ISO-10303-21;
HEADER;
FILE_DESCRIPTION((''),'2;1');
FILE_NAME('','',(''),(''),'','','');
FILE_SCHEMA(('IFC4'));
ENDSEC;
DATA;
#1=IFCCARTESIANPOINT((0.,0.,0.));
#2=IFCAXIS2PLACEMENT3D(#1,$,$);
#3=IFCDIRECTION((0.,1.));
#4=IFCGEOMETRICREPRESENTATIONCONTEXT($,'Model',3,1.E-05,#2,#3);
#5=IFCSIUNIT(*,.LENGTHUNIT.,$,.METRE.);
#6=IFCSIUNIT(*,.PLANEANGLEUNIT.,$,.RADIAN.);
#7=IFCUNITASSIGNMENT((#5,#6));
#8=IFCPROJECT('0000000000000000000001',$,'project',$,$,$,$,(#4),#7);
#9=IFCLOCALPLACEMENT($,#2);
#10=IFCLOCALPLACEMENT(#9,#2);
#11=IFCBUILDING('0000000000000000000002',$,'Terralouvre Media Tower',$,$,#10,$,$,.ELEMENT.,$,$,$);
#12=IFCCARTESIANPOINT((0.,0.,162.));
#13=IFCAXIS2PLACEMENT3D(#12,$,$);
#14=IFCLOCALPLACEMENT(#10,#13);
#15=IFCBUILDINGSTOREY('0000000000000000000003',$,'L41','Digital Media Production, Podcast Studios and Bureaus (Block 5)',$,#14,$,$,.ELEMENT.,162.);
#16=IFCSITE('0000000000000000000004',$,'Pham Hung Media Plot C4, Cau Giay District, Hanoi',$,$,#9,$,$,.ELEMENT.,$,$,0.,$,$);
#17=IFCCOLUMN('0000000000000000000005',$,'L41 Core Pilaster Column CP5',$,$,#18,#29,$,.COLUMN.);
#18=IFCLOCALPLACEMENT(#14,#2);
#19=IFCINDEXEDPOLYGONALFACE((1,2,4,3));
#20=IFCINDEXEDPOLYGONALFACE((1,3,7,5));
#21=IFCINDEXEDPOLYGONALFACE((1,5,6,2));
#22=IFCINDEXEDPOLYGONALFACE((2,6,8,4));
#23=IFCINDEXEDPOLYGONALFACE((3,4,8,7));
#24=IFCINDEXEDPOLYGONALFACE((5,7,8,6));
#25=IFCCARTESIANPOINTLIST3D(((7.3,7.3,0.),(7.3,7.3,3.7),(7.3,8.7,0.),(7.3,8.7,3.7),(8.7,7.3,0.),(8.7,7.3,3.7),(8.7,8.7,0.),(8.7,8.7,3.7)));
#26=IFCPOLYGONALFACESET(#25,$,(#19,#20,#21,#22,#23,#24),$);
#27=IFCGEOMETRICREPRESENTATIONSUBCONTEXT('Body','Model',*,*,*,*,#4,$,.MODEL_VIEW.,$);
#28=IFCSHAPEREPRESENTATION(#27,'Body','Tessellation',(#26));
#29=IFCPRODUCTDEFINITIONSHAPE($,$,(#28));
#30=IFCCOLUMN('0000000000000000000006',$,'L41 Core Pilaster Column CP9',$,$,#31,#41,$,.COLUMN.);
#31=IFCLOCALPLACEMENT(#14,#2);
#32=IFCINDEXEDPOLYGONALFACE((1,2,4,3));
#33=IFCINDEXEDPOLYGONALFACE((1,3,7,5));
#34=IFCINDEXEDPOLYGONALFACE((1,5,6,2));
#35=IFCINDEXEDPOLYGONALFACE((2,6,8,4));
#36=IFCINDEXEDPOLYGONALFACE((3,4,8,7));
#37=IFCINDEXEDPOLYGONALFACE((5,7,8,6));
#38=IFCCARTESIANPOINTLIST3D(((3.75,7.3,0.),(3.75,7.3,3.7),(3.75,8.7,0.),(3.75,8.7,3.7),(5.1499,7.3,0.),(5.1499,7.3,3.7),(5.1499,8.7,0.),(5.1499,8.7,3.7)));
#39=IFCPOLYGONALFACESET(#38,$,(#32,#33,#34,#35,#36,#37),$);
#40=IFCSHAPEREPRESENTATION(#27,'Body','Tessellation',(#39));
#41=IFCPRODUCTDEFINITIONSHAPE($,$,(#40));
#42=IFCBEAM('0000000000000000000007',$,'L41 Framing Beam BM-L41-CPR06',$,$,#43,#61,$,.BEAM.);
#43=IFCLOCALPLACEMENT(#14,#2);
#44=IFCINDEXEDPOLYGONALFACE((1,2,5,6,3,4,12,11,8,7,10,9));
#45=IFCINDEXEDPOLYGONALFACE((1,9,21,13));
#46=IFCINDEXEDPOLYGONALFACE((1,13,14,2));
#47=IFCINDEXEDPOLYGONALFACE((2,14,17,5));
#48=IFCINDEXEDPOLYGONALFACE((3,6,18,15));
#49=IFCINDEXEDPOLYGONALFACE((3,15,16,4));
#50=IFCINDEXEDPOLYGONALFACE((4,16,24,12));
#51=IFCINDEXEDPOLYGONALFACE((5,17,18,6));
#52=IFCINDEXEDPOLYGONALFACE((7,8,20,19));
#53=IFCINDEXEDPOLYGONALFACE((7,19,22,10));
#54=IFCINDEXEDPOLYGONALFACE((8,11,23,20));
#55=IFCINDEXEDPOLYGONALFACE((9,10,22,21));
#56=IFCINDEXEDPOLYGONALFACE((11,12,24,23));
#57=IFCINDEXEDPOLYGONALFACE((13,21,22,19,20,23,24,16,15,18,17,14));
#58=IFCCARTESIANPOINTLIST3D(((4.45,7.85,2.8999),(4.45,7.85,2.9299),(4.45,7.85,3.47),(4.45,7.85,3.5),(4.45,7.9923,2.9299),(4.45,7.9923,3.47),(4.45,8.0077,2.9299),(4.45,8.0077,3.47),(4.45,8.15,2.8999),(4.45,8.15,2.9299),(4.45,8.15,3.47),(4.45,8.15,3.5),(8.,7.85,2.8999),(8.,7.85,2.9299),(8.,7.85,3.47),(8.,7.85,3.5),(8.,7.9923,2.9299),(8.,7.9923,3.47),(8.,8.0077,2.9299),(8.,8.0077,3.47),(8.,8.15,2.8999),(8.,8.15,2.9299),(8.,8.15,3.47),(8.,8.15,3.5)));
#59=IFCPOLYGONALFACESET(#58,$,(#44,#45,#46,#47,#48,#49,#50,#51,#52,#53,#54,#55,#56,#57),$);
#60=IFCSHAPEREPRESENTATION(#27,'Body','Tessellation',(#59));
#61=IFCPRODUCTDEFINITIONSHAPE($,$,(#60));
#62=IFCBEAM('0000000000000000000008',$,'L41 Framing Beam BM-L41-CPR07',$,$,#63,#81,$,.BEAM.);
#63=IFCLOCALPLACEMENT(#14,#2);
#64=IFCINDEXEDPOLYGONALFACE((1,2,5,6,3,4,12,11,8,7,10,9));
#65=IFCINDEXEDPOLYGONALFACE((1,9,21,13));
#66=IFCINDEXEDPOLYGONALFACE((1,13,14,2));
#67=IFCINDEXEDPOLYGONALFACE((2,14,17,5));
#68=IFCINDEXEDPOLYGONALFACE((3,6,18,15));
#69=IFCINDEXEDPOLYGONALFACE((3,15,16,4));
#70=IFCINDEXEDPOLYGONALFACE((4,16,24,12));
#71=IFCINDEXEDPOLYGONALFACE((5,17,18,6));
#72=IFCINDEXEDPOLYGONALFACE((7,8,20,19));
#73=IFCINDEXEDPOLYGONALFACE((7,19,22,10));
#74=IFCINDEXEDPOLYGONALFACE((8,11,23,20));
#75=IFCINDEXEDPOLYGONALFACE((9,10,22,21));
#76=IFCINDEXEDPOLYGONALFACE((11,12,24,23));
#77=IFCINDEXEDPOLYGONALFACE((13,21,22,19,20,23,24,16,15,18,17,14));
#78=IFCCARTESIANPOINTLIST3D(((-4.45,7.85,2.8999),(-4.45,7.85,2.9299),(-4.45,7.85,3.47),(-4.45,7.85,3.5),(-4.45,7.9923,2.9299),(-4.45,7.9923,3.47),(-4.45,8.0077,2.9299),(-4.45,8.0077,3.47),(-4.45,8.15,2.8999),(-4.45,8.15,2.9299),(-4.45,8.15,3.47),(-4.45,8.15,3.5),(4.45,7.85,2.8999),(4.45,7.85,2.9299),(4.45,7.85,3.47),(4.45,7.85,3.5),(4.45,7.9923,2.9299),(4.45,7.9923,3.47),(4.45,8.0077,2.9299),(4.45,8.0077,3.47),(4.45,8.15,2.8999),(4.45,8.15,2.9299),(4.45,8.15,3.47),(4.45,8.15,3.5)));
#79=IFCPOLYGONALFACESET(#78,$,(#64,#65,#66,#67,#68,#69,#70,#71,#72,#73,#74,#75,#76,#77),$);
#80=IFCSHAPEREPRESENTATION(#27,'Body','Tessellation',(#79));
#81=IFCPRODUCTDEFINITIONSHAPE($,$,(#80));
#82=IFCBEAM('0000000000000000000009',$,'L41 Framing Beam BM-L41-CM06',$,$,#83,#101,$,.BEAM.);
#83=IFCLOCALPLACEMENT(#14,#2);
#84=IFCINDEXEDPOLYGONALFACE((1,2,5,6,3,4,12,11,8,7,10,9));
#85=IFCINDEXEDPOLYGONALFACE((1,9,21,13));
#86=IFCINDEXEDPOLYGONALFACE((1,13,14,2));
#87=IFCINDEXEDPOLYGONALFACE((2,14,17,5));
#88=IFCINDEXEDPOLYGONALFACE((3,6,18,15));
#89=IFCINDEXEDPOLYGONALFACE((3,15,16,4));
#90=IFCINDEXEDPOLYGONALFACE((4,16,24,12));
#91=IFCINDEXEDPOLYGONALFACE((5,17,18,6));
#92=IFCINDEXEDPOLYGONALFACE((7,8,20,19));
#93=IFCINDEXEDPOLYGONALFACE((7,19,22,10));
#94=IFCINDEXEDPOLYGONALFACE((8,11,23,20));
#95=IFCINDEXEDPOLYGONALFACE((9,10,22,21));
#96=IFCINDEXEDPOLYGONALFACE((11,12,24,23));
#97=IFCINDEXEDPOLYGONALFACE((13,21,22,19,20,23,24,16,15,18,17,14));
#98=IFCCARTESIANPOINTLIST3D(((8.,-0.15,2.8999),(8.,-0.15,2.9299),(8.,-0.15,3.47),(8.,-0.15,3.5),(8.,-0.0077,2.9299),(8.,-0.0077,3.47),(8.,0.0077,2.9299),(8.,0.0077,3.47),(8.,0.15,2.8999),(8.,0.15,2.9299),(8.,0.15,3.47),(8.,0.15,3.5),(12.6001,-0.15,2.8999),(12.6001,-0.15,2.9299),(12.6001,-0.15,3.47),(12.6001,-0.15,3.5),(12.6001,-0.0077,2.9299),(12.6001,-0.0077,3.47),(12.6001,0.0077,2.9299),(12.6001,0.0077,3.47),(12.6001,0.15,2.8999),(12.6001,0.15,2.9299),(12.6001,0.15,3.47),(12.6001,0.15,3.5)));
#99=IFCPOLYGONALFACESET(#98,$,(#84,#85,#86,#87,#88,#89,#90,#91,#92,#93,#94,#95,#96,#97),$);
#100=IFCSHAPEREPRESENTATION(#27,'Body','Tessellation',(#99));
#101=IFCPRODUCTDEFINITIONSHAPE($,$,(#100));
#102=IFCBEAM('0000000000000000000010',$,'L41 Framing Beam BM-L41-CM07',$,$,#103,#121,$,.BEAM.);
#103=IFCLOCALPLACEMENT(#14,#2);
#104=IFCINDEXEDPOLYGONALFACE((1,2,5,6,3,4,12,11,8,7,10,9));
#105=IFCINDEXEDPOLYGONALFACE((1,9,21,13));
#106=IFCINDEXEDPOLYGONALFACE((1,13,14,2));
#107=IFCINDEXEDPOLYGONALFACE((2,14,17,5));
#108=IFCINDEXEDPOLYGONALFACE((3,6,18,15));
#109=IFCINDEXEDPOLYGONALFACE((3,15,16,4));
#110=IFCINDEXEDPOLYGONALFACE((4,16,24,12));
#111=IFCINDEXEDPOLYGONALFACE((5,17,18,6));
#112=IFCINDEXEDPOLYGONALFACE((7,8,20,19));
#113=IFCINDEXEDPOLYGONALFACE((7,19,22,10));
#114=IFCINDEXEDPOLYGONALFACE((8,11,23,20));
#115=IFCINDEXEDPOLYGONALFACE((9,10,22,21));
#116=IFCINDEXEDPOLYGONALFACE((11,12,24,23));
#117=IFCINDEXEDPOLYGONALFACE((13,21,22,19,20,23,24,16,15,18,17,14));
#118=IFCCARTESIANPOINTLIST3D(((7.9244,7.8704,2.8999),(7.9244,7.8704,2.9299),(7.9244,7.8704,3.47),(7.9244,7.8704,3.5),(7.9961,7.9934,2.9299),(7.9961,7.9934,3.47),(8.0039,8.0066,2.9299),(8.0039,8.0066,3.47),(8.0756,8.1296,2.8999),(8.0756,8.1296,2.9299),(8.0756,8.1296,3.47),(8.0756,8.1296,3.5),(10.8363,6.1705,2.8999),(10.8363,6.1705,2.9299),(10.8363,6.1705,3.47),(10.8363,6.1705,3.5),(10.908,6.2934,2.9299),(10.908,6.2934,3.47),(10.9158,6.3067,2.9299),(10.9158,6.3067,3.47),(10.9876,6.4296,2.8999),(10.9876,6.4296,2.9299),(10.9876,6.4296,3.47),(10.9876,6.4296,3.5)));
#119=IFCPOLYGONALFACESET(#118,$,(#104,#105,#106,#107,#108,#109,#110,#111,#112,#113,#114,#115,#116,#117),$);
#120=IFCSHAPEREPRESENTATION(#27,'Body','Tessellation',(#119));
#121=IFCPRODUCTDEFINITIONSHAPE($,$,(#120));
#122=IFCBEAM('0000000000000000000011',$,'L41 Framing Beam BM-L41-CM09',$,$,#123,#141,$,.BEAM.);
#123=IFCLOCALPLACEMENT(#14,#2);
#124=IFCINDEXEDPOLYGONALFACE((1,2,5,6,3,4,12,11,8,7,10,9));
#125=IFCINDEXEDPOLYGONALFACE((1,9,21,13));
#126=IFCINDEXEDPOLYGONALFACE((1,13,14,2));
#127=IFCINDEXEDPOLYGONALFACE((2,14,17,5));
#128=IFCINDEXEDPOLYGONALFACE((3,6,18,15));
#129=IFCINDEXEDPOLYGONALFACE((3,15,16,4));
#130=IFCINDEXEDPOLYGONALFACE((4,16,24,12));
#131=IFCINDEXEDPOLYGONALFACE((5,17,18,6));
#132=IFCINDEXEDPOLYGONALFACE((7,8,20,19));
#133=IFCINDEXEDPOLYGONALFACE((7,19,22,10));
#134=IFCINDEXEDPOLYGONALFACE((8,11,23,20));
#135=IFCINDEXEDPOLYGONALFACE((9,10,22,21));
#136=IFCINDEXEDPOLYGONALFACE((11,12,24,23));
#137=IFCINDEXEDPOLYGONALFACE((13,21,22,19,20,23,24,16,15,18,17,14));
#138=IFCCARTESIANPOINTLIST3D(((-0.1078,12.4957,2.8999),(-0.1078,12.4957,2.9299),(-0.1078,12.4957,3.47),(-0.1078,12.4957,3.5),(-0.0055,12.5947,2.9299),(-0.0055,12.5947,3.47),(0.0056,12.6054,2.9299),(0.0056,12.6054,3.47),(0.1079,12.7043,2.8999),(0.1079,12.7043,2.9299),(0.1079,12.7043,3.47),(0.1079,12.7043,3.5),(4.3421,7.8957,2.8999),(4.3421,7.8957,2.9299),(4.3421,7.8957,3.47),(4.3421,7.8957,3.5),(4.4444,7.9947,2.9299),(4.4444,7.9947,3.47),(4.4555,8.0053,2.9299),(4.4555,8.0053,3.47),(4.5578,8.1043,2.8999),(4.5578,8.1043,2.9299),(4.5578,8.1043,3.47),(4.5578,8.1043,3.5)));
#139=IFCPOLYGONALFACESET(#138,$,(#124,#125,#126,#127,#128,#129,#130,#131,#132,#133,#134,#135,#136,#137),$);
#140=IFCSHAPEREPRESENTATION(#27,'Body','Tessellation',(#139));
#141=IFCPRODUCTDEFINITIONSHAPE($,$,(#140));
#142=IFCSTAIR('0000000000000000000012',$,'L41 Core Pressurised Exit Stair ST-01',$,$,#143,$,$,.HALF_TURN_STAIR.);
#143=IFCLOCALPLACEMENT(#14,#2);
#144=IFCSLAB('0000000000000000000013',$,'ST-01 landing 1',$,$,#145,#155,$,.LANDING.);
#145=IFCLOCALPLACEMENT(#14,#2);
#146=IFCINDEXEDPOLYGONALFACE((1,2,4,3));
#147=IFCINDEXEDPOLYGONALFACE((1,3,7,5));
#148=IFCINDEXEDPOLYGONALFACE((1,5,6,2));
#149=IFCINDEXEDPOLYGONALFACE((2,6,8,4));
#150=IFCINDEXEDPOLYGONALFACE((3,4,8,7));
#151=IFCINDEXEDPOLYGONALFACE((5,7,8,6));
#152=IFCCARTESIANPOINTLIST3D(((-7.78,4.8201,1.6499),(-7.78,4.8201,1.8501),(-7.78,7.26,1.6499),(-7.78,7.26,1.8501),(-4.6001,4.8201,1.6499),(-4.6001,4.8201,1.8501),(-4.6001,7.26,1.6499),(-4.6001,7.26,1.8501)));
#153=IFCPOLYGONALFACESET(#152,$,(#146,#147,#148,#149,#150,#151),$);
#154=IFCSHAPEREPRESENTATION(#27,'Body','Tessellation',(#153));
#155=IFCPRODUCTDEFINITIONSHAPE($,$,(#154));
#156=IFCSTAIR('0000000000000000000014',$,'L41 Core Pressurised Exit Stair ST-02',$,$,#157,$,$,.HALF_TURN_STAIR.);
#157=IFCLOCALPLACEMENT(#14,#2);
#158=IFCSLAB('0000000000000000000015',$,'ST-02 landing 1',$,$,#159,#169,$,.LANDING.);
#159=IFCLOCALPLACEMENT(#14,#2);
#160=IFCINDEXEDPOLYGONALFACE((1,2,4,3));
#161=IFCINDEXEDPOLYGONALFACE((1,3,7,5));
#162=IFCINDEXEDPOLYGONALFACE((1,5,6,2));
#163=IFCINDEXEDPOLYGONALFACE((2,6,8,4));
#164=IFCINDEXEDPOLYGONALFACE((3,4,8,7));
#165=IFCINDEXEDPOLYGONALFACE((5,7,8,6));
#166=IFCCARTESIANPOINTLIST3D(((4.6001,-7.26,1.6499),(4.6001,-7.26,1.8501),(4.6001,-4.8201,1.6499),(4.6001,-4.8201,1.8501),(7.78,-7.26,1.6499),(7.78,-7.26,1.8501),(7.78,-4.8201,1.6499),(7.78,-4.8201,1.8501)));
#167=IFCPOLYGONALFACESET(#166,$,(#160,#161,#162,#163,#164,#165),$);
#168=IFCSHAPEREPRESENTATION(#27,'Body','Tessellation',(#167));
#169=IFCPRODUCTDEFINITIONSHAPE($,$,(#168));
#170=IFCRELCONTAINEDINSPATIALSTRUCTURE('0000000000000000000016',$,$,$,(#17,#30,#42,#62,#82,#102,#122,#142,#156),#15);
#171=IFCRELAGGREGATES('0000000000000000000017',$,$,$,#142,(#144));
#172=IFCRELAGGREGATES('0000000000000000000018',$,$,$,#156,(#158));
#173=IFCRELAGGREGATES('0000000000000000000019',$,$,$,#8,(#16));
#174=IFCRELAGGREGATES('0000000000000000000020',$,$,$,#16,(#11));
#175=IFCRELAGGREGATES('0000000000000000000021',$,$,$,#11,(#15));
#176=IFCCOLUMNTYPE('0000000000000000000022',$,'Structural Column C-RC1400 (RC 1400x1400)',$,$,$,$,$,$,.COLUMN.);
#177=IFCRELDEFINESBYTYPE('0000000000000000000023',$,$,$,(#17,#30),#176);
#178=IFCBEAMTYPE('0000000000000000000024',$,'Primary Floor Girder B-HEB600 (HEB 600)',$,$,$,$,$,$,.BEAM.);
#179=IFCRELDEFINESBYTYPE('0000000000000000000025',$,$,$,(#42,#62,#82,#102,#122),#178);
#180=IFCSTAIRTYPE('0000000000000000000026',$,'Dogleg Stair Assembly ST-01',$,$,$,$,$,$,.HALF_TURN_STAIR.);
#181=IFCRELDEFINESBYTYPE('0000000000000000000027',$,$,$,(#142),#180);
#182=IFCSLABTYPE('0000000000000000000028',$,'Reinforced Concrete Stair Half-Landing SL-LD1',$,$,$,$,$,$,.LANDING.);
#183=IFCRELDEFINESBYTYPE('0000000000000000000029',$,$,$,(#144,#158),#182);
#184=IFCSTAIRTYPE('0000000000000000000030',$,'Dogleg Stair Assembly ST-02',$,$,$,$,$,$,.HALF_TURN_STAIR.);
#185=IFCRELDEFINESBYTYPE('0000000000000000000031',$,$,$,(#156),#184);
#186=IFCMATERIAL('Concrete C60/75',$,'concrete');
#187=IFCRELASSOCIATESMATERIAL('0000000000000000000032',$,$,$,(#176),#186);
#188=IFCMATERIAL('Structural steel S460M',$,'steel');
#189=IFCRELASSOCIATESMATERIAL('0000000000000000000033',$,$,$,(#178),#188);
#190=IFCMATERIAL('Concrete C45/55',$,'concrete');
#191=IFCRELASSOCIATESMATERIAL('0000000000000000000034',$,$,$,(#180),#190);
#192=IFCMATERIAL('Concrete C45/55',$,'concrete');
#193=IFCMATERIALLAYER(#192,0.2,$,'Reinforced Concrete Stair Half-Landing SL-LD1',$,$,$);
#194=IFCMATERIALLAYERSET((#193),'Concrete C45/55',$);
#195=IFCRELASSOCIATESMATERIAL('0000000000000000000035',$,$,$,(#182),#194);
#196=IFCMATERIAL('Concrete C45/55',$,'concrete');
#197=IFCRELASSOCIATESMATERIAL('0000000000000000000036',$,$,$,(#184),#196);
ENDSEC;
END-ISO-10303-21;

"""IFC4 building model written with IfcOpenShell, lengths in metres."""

from ifc_helpers import new_model, si_unit, direction, frame, origin, origin_2d, place, context, subcontext, project, spatial, polyline, rectangle, i_section, outline, extrude, material, layer, layer_set, material_profile, profile_set, type_object, element, aggregate, save


model = new_model("IFC4")

# Units and contexts
model_context = context("Model", 3, precision=1e-05, world=origin(), true_north=direction((0.0, 1.0)))
body_context = subcontext(model_context, "Body", "Model", "MODEL_VIEW")
ifc_project = project(units=[si_unit("LENGTHUNIT", "METRE"), si_unit("PLANEANGLEUNIT", "RADIAN")], contexts=[model_context])

# Site, building, storey
site_placement = place(None, origin())
site = spatial("IfcSite", under=ifc_project, at=site_placement, Name="Pham Hung Media Plot C4, Cau Giay District, Hanoi", CompositionType="ELEMENT", RefElevation=0.0)
building_placement = place(site_placement, origin())
building = spatial("IfcBuilding", under=site, at=building_placement, Name="Terralouvre Media Tower", CompositionType="ELEMENT")
storey_placement = place(building_placement, frame((0.0, 0.0, 162.0)))
storey = spatial("IfcBuildingStorey", under=building, at=storey_placement, Name="L41", Description="Digital Media Production, Podcast Studios and Bureaus (Block 5)", CompositionType="ELEMENT", Elevation=162.0)

# Columns
ifc_material_1 = material(Name="Concrete C60/75", Category="concrete")
ifc_material_profile_1 = material_profile(ifc_material_1, rectangle(XDim=1.3999, YDim=1.3999, at=origin_2d()), Name="RC 1400x1400")
ifc_profile_set_1 = profile_set([ifc_material_profile_1], Name="Concrete C60/75")
column_type = type_object("IfcColumnType", Name="Structural Column C-RC1400 (RC 1400x1400)", PredefinedType="COLUMN", material=ifc_profile_set_1)
for number, where, z_axis, x_axis, name in (
    (1, (8.0, 8.0, 0.0), (0.0, 0.0, 1.0), (1.0, 0.0, 0.0), "L41 Core Pilaster Column CP5"),
    (2, (4.45, 8.0, 0.0), (0.0, 0.0, 1.0), (1.0, 0.0, 0.0), "L41 Core Pilaster Column CP9"),
):
    element("IfcColumn", number, at=place(storey_placement, frame(where, z_axis=z_axis, x_axis=x_axis)), inside=storey, type_object=column_type, Name=name, PredefinedType="COLUMN", context=body_context, shape_type="SweptSolid", body=[
        extrude(rectangle(XDim=1.3999, YDim=1.3999, at=origin_2d()), origin(), (0.0, 0.0, 1.0), 3.7),
    ])

# Beams
ifc_material_2 = material(Name="Structural steel S460M", Category="steel")
ifc_material_profile_2 = material_profile(ifc_material_2, i_section(OverallWidth=0.3, OverallDepth=0.6001, WebThickness=0.0154, FlangeThickness=0.03, at=origin_2d()), Name="HEB 600")
ifc_profile_set_2 = profile_set([ifc_material_profile_2], Name="Structural steel S460M")
beam_type = type_object("IfcBeamType", Name="Primary Floor Girder B-HEB600 (HEB 600)", PredefinedType="BEAM", material=ifc_profile_set_2)
beam_1_placement = place(storey_placement, frame((8.0, 8.0, 3.2), z_axis=(-1.0, 0.0, 0.0), x_axis=(0.0, -1.0, 0.0)))
element("IfcBeam", 3, at=beam_1_placement, inside=storey, type_object=beam_type, Name="L41 Framing Beam BM-L41-CPR06", PredefinedType="BEAM", context=body_context, shape_type="SweptSolid", body=[
    extrude(i_section(OverallWidth=0.3, OverallDepth=0.6001, WebThickness=0.0154, FlangeThickness=0.03, at=origin_2d()), origin(), (0.0, 0.0, 1.0), 3.55),
])
beam_2_placement = place(storey_placement, frame((4.45, 8.0, 3.2), z_axis=(-1.0, 0.0, 0.0), x_axis=(0.0, -1.0, 0.0)))
element("IfcBeam", 4, at=beam_2_placement, inside=storey, type_object=beam_type, Name="L41 Framing Beam BM-L41-CPR07", PredefinedType="BEAM", context=body_context, shape_type="SweptSolid", body=[
    extrude(i_section(OverallWidth=0.3, OverallDepth=0.6001, WebThickness=0.0154, FlangeThickness=0.03, at=origin_2d()), origin(), (0.0, 0.0, 1.0), 8.8999),
])
beam_3_placement = place(storey_placement, frame((8.0, 0.0, 3.2), z_axis=(1.0, 0.0, 0.0), x_axis=(0.0, 1.0, 0.0)))
element("IfcBeam", 5, at=beam_3_placement, inside=storey, type_object=beam_type, Name="L41 Framing Beam BM-L41-CM06", PredefinedType="BEAM", context=body_context, shape_type="SweptSolid", body=[
    extrude(i_section(OverallWidth=0.3, OverallDepth=0.6001, WebThickness=0.0154, FlangeThickness=0.03, at=origin_2d()), origin(), (0.0, 0.0, 1.0), 4.6001),
])
beam_4_placement = place(storey_placement, frame((8.0, 8.0, 3.2), z_axis=(0.863603, -0.504173, 0.0), x_axis=(0.504173, 0.863603, 0.0)))
element("IfcBeam", 6, at=beam_4_placement, inside=storey, type_object=beam_type, Name="L41 Framing Beam BM-L41-CM07", PredefinedType="BEAM", context=body_context, shape_type="SweptSolid", body=[
    extrude(i_section(OverallWidth=0.3, OverallDepth=0.6001, WebThickness=0.0154, FlangeThickness=0.03, at=origin_2d()), origin(), (0.0, 0.0, 1.0), 3.3718),
])
beam_5_placement = place(storey_placement, frame((4.45, 8.0, 3.2), z_axis=(-0.69528, 0.718739, 0.0), x_axis=(-0.718739, -0.69528, 0.0)))
element("IfcBeam", 7, at=beam_5_placement, inside=storey, type_object=beam_type, Name="L41 Framing Beam BM-L41-CM09", PredefinedType="BEAM", context=body_context, shape_type="SweptSolid", body=[
    extrude(i_section(OverallWidth=0.3, OverallDepth=0.6001, WebThickness=0.0154, FlangeThickness=0.03, at=origin_2d()), origin(), (0.0, 0.0, 1.0), 6.4001),
])

# Stairs, slabs
ifc_material_3 = material(Name="Concrete C45/55", Category="concrete")
stair_type_1 = type_object("IfcStairType", Name="Dogleg Stair Assembly ST-01", PredefinedType="HALF_TURN_STAIR", material=ifc_material_3)
stair_1_placement = place(storey_placement, origin())
stair_1 = element("IfcStair", 8, at=stair_1_placement, inside=storey, type_object=stair_type_1, Name="L41 Core Pressurised Exit Stair ST-01", PredefinedType="HALF_TURN_STAIR")
ifc_material_4 = material(Name="Concrete C45/55", Category="concrete")
ifc_layer_1 = layer(ifc_material_4, 0.2, Name="Reinforced Concrete Stair Half-Landing SL-LD1")
ifc_layer_set_1 = layer_set([ifc_layer_1], Name="Concrete C45/55")
slab_type = type_object("IfcSlabType", Name="Reinforced Concrete Stair Half-Landing SL-LD1", PredefinedType="LANDING", material=ifc_layer_set_1)
slab_1_placement = place(storey_placement, frame((0.0, 0.0, 1.6499)))
slab_1 = element("IfcSlab", 9, at=slab_1_placement, type_object=slab_type, Name="ST-01 landing 1", PredefinedType="LANDING", context=body_context, shape_type="SweptSolid", body=[
    extrude(outline(polyline([(-4.6001, 4.8201), (-4.6001, 7.26), (-7.78, 7.26), (-7.78, 4.8201), (-4.6001, 4.8201)])), origin(), (0.0, 0.0, 1.0), 0.2002),
])
aggregate(stair_1, [slab_1])
ifc_material_5 = material(Name="Concrete C45/55", Category="concrete")
stair_type_2 = type_object("IfcStairType", Name="Dogleg Stair Assembly ST-02", PredefinedType="HALF_TURN_STAIR", material=ifc_material_5)
stair_2_placement = place(storey_placement, origin())
stair_2 = element("IfcStair", 10, at=stair_2_placement, inside=storey, type_object=stair_type_2, Name="L41 Core Pressurised Exit Stair ST-02", PredefinedType="HALF_TURN_STAIR")
slab_2_placement = place(storey_placement, frame((0.0, 0.0, 1.6499)))
slab_2 = element("IfcSlab", 11, at=slab_2_placement, type_object=slab_type, Name="ST-02 landing 1", PredefinedType="LANDING", context=body_context, shape_type="SweptSolid", body=[
    extrude(outline(polyline([(4.6001, -4.8201), (4.6001, -7.26), (7.78, -7.26), (7.78, -4.8201), (4.6001, -4.8201)])), origin(), (0.0, 0.0, 1.0), 0.2002),
])
aggregate(stair_2, [slab_2])

save(model, "model.ifc")
